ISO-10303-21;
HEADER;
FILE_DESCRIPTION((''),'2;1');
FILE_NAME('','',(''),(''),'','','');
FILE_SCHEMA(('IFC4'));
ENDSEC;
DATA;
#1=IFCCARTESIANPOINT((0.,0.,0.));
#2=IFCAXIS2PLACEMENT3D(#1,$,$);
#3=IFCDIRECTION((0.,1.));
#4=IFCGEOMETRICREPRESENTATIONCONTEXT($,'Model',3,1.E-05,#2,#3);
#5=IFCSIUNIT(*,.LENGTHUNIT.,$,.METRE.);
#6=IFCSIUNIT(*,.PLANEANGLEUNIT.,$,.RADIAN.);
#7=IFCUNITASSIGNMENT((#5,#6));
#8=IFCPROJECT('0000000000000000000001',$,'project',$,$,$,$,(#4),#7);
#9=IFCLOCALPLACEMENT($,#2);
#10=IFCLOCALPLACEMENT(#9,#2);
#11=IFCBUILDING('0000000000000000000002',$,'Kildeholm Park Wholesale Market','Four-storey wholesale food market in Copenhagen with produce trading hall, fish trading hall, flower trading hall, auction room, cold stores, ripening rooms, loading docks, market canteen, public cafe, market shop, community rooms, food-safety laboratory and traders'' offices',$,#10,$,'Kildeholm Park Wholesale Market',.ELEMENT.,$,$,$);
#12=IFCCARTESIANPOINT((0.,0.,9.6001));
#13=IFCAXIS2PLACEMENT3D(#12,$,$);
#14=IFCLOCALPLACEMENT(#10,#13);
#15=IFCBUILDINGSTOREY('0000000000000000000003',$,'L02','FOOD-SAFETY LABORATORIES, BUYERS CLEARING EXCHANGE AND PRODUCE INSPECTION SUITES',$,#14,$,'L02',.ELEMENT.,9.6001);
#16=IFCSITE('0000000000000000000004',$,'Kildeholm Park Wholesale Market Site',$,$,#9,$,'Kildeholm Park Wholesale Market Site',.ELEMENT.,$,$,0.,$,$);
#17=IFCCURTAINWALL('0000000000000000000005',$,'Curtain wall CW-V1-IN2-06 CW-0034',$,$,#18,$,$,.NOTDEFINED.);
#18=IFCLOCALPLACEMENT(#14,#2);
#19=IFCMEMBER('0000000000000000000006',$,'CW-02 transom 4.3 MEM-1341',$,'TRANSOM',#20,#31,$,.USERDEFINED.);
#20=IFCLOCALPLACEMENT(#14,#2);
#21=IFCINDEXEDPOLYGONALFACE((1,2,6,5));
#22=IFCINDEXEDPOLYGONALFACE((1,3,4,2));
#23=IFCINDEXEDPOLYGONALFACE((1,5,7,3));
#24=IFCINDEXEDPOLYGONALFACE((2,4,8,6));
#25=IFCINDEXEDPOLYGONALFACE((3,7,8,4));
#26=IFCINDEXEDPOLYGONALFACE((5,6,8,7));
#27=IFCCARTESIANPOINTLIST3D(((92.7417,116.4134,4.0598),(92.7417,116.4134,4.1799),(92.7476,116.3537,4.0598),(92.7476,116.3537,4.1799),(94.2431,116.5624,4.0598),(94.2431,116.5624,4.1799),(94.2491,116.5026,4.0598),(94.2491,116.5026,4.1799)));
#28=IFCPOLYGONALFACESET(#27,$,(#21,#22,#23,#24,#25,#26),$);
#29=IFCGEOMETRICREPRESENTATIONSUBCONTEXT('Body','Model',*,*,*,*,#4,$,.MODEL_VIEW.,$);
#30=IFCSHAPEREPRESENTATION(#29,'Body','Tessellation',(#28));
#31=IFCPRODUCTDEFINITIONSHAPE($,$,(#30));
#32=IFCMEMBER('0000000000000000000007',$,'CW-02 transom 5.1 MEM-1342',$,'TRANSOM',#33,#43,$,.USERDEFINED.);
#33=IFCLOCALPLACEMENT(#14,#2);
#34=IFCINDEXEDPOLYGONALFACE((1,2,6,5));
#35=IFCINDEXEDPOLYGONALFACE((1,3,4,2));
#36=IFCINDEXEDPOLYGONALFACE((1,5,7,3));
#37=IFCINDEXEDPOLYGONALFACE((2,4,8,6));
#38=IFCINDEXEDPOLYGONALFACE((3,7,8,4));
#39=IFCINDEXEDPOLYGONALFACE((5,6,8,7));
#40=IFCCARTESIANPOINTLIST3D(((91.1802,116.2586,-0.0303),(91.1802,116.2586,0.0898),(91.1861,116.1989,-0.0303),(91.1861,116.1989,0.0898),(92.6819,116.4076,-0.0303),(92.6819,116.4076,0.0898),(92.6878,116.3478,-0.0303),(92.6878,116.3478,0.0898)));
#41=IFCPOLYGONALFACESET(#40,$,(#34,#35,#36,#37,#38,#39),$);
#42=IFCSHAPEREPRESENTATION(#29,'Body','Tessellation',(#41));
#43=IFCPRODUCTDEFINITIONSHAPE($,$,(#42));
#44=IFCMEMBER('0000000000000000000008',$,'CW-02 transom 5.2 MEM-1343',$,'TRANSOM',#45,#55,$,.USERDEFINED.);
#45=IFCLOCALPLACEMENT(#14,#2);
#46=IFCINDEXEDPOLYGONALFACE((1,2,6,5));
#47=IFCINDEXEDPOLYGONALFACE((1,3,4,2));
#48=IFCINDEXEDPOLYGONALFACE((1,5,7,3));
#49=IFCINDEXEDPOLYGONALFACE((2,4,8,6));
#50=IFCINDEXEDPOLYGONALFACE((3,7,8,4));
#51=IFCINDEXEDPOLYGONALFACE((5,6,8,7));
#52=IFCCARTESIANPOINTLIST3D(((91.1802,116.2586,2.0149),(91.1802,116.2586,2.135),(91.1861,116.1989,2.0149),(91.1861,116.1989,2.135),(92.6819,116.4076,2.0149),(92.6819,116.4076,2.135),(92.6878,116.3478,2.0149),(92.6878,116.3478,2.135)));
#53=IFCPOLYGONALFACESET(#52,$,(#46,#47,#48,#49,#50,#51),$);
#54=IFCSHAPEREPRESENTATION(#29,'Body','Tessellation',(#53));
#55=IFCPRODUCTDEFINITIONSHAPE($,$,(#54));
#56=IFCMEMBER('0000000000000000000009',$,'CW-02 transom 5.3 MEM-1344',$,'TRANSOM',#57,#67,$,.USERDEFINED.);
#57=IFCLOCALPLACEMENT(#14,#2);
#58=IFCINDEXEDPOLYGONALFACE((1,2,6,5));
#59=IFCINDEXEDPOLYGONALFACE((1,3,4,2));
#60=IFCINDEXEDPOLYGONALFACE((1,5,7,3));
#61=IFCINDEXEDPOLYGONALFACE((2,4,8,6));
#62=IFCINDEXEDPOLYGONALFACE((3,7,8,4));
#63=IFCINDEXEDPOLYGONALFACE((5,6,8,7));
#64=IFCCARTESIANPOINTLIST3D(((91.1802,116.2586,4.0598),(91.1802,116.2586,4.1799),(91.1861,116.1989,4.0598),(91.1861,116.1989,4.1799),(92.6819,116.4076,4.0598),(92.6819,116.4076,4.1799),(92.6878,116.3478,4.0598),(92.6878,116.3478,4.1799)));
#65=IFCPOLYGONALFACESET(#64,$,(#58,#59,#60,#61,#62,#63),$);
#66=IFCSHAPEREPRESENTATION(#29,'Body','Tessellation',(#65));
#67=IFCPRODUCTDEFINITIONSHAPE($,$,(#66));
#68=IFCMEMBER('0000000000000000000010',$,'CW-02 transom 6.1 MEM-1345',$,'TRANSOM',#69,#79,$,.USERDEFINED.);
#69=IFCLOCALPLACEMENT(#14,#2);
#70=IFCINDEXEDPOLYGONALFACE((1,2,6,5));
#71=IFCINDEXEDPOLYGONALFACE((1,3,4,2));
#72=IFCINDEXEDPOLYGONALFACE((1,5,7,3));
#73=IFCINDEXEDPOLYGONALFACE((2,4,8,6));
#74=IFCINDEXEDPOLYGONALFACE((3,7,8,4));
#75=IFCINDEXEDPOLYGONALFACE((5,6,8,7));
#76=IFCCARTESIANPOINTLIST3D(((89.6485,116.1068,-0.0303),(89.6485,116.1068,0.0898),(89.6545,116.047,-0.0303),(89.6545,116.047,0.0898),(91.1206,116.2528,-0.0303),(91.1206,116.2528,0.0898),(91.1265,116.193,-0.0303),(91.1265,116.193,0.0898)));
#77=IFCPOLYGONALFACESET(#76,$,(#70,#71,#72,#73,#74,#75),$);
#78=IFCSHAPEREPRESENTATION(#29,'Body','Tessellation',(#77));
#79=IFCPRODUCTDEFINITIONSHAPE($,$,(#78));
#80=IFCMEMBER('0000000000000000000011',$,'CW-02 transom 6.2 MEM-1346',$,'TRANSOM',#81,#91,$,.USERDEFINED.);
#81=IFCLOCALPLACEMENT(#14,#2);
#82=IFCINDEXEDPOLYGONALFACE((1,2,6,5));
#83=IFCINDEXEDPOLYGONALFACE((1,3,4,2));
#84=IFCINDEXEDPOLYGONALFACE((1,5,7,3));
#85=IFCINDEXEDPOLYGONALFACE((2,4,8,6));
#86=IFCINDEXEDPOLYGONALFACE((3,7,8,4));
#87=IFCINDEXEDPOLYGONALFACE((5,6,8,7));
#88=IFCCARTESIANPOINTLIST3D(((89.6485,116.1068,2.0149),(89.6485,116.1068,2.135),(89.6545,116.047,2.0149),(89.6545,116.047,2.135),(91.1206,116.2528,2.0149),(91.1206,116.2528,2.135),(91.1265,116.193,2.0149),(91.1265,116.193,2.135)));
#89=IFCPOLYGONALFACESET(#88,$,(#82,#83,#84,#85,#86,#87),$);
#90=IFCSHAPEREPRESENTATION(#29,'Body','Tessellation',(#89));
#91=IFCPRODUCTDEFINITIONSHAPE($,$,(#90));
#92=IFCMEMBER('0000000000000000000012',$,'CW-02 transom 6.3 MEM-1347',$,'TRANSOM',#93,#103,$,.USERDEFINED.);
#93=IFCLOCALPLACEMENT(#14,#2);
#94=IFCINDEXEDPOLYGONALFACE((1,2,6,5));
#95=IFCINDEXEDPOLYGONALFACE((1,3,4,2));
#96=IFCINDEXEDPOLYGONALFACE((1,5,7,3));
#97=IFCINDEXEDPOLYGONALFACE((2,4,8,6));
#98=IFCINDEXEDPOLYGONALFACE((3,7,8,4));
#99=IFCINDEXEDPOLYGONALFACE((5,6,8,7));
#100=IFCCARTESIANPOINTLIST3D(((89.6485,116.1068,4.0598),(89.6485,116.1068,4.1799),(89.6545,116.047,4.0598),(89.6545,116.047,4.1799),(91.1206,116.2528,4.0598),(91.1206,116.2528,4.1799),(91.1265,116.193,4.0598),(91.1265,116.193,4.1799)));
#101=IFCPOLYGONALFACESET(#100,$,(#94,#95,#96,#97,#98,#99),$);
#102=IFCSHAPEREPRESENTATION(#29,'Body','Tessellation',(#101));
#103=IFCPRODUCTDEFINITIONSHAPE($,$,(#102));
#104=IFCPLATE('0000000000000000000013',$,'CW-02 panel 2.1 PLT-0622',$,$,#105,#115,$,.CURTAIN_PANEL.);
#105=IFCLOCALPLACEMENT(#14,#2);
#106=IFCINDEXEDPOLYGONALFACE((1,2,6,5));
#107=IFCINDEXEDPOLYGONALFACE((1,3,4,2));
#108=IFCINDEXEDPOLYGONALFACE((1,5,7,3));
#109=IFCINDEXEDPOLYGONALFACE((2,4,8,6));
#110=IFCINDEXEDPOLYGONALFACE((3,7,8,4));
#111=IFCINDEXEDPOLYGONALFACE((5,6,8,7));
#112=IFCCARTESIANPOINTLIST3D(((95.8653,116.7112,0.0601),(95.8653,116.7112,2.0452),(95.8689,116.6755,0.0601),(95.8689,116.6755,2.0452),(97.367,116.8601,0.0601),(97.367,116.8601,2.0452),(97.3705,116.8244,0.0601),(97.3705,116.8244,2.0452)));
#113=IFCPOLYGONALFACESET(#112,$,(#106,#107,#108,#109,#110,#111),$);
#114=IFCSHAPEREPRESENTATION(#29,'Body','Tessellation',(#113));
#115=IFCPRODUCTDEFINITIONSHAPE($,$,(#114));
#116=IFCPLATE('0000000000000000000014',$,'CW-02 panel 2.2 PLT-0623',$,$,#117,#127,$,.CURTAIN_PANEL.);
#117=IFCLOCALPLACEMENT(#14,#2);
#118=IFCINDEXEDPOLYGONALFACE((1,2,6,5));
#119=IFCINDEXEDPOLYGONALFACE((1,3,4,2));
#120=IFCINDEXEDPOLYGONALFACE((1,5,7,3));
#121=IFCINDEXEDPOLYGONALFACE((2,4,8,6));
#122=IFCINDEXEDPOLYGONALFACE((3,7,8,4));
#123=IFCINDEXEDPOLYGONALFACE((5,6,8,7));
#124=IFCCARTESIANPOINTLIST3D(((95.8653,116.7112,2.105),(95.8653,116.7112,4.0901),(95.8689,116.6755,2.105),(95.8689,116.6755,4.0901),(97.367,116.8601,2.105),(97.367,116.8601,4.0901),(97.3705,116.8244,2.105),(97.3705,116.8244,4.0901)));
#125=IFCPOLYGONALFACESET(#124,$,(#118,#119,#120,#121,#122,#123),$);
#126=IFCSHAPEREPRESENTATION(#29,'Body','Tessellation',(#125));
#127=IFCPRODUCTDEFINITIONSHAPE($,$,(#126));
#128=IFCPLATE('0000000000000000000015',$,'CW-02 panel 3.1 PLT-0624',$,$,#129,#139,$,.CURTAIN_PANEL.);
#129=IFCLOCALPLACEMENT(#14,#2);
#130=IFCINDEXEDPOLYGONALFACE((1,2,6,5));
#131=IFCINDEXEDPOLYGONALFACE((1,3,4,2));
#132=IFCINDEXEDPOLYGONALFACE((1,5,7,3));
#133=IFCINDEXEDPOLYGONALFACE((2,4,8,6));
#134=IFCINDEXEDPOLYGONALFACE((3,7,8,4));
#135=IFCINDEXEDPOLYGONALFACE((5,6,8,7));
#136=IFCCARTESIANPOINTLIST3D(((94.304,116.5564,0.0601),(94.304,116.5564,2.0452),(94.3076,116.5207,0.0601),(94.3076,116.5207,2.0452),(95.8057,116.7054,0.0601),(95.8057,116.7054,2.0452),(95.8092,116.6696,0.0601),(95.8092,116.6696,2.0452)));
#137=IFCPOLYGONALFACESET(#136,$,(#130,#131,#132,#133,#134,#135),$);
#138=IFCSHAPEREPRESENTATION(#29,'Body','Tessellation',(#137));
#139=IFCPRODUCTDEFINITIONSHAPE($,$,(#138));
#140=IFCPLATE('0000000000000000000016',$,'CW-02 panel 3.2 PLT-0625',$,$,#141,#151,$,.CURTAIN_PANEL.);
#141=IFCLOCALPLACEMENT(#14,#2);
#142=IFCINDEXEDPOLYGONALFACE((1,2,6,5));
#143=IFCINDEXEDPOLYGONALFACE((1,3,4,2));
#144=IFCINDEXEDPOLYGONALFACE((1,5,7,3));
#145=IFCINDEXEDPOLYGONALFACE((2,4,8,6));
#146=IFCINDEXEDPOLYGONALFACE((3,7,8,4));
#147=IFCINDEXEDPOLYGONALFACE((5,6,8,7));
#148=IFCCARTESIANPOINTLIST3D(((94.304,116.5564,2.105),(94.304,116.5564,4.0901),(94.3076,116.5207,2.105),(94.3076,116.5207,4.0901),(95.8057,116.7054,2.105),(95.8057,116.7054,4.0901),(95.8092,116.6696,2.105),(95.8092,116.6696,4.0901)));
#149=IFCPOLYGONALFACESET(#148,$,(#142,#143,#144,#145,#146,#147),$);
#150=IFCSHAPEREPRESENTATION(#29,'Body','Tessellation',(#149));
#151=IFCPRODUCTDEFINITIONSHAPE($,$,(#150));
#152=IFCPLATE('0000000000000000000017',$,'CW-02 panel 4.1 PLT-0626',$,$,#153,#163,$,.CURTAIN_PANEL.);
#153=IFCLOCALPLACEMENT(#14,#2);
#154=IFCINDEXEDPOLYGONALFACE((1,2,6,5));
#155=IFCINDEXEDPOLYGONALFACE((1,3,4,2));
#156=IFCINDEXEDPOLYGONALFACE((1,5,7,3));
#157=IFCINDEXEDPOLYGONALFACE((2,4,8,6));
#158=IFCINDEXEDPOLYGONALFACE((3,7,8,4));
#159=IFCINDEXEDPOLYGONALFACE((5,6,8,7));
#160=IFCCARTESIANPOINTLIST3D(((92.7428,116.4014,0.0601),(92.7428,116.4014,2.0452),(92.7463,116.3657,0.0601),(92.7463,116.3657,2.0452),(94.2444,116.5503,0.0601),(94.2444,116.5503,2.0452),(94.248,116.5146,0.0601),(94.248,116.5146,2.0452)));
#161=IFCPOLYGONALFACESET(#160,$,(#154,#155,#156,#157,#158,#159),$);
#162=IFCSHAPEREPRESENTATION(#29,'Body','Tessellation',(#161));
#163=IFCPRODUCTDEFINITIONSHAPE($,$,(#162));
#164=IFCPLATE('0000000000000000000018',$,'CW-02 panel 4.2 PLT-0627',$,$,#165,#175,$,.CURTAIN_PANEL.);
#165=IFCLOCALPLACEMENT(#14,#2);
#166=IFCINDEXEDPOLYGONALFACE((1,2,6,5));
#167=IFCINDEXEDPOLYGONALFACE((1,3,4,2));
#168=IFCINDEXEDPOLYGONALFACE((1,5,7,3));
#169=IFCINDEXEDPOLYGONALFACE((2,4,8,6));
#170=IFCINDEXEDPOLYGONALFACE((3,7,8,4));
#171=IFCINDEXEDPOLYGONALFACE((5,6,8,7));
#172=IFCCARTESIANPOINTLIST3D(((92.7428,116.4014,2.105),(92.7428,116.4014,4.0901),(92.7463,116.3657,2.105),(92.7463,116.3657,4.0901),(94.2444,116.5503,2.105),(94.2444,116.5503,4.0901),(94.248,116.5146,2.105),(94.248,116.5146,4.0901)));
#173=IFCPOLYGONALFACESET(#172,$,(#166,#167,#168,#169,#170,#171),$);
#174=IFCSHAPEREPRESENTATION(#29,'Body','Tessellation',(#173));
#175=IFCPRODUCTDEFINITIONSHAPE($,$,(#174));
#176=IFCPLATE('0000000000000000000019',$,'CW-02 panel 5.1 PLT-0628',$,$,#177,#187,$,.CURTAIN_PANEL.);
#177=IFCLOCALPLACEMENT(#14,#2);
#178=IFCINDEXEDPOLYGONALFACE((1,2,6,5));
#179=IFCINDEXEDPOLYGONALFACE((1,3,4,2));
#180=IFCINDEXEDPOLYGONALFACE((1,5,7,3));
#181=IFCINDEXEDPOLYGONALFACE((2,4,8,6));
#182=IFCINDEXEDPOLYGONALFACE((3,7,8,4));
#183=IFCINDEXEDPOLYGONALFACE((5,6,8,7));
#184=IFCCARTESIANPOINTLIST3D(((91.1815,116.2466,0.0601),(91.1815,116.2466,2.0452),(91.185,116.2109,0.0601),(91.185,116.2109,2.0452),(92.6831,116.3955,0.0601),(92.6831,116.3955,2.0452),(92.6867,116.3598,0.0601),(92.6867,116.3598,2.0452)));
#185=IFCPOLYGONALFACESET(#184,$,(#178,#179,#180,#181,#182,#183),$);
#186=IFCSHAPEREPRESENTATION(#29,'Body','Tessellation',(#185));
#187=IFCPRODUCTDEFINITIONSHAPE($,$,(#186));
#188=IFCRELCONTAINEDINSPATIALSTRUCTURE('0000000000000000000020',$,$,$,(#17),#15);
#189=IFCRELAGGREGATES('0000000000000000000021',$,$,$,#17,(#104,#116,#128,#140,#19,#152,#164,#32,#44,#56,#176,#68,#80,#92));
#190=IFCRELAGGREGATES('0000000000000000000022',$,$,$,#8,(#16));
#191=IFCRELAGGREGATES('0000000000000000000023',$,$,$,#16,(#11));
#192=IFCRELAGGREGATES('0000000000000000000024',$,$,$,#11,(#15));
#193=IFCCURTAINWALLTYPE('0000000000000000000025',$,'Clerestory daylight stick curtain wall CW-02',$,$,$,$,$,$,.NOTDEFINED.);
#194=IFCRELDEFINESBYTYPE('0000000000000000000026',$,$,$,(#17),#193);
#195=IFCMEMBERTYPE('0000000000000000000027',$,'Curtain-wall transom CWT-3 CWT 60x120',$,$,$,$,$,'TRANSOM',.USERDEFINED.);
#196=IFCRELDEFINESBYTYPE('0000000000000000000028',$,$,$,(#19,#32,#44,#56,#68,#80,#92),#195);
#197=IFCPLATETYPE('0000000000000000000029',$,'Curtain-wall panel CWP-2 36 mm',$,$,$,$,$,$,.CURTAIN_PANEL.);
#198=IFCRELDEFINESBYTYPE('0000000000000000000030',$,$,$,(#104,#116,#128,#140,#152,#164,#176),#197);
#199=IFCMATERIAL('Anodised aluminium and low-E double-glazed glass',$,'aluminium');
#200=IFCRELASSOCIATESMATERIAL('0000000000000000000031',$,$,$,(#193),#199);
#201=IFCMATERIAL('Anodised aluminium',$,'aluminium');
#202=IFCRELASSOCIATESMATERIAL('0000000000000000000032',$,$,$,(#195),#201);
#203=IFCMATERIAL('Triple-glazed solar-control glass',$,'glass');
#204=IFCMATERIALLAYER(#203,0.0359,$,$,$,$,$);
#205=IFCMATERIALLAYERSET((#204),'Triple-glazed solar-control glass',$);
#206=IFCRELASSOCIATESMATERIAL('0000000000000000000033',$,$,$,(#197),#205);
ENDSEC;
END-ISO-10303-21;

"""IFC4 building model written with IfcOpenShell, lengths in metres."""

from ifc_helpers import new_model, si_unit, direction, frame, origin, origin_2d, place, context, subcontext, project, spatial, rectangle, extrude, material, layer, layer_set, material_profile, profile_set, type_object, element, aggregate, save


model = new_model("IFC4")

# Units and contexts
model_context = context("Model", 3, precision=1e-05, world=origin(), true_north=direction((0.0, 1.0)))
body_context = subcontext(model_context, "Body", "Model", "MODEL_VIEW")
ifc_project = project(units=[si_unit("LENGTHUNIT", "METRE"), si_unit("PLANEANGLEUNIT", "RADIAN")], contexts=[model_context])

# Site, building, storey
site_placement = place(None, origin())
site = spatial("IfcSite", under=ifc_project, at=site_placement, Name="Kildeholm Park Wholesale Market Site", LongName="Kildeholm Park Wholesale Market Site", CompositionType="ELEMENT", RefElevation=0.0)
building_placement = place(site_placement, origin())
building = spatial("IfcBuilding", under=site, at=building_placement, Name="Kildeholm Park Wholesale Market", Description="Four-storey wholesale food market in Copenhagen with produce trading hall, fish trading hall, flower trading hall, auction room, cold stores, ripening rooms, loading docks, market canteen, public cafe, market shop, community rooms, food-safety laboratory and traders' offices", LongName="Kildeholm Park Wholesale Market", CompositionType="ELEMENT")
storey_placement = place(building_placement, frame((0.0, 0.0, 9.6001)))
storey = spatial("IfcBuildingStorey", under=building, at=storey_placement, Name="L02", Description="FOOD-SAFETY LABORATORIES, BUYERS CLEARING EXCHANGE AND PRODUCE INSPECTION SUITES", LongName="L02", CompositionType="ELEMENT", Elevation=9.6001)

# Curtain wall, members, plates
ifc_material_1 = material(Name="Anodised aluminium and low-E double-glazed glass", Category="aluminium")
curtain_wall_type = type_object("IfcCurtainWallType", Name="Clerestory daylight stick curtain wall CW-02", PredefinedType="NOTDEFINED", material=ifc_material_1)
curtain_wall_placement = place(storey_placement, origin())
curtain_wall = element("IfcCurtainWall", 1, at=curtain_wall_placement, inside=storey, type_object=curtain_wall_type, Name="Curtain wall CW-V1-IN2-06 CW-0034", PredefinedType="NOTDEFINED")
ifc_material_2 = material(Name="Anodised aluminium", Category="aluminium")
ifc_material_profile_1 = material_profile(ifc_material_2, rectangle(XDim=0.0601, YDim=0.1201, at=origin_2d()), Name="CWT 60x120")
ifc_profile_set_1 = profile_set([ifc_material_profile_1], Name="Anodised aluminium")
member_type_1 = type_object("IfcMemberType", Name="Curtain-wall transom CWT-3 CWT 60x120", ElementType="TRANSOM", PredefinedType="USERDEFINED", material=ifc_profile_set_1)
member_1_placement = place(storey_placement, frame((94.2461, 116.5325, 4.1199), z_axis=(-0.995117, -0.098703, 0.0), x_axis=(0.098703, -0.995117, 0.0)))
member_1 = element("IfcMember", 2, at=member_1_placement, type_object=member_type_1, Name="CW-02 transom 4.3 MEM-1341", ObjectType="TRANSOM", PredefinedType="USERDEFINED", context=body_context, shape_type="SweptSolid", body=[
    extrude(rectangle(XDim=0.0601, YDim=0.1201, at=origin_2d()), origin(), (0.0, 0.0, 1.0), 1.5088),
])
member_2_placement = place(storey_placement, frame((92.6848, 116.3777, 0.0298), z_axis=(-0.995119, -0.098687, 0.0), x_axis=(0.098687, -0.995119, 0.0)))
member_2 = element("IfcMember", 3, at=member_2_placement, type_object=member_type_1, Name="CW-02 transom 5.1 MEM-1342", ObjectType="TRANSOM", PredefinedType="USERDEFINED", context=body_context, shape_type="SweptSolid", body=[
    extrude(rectangle(XDim=0.0601, YDim=0.1201, at=origin_2d()), origin(), (0.0, 0.0, 1.0), 1.509),
])
member_3_placement = place(storey_placement, frame((92.6848, 116.3777, 2.075), z_axis=(-0.995119, -0.098687, 0.0), x_axis=(0.098687, -0.995119, 0.0)))
member_3 = element("IfcMember", 4, at=member_3_placement, type_object=member_type_1, Name="CW-02 transom 5.2 MEM-1343", ObjectType="TRANSOM", PredefinedType="USERDEFINED", context=body_context, shape_type="SweptSolid", body=[
    extrude(rectangle(XDim=0.0601, YDim=0.1201, at=origin_2d()), origin(), (0.0, 0.0, 1.0), 1.509),
])
member_4_placement = place(storey_placement, frame((92.6848, 116.3777, 4.1199), z_axis=(-0.995119, -0.098687, 0.0), x_axis=(0.098687, -0.995119, 0.0)))
member_4 = element("IfcMember", 5, at=member_4_placement, type_object=member_type_1, Name="CW-02 transom 5.3 MEM-1344", ObjectType="TRANSOM", PredefinedType="USERDEFINED", context=body_context, shape_type="SweptSolid", body=[
    extrude(rectangle(XDim=0.0601, YDim=0.1201, at=origin_2d()), origin(), (0.0, 0.0, 1.0), 1.509),
])
member_5_placement = place(storey_placement, frame((91.1235, 116.2229, 0.0298), z_axis=(-0.995117, -0.098703, 0.0), x_axis=(0.098703, -0.995117, 0.0)))
member_5 = element("IfcMember", 6, at=member_5_placement, type_object=member_type_1, Name="CW-02 transom 6.1 MEM-1345", ObjectType="TRANSOM", PredefinedType="USERDEFINED", context=body_context, shape_type="SweptSolid", body=[
    extrude(rectangle(XDim=0.0601, YDim=0.1201, at=origin_2d()), origin(), (0.0, 0.0, 1.0), 1.4792),
])
member_6_placement = place(storey_placement, frame((91.1235, 116.2229, 2.075), z_axis=(-0.995117, -0.098703, 0.0), x_axis=(0.098703, -0.995117, 0.0)))
member_6 = element("IfcMember", 7, at=member_6_placement, type_object=member_type_1, Name="CW-02 transom 6.2 MEM-1346", ObjectType="TRANSOM", PredefinedType="USERDEFINED", context=body_context, shape_type="SweptSolid", body=[
    extrude(rectangle(XDim=0.0601, YDim=0.1201, at=origin_2d()), origin(), (0.0, 0.0, 1.0), 1.4792),
])
member_7_placement = place(storey_placement, frame((91.1235, 116.2229, 4.1199), z_axis=(-0.995117, -0.098703, 0.0), x_axis=(0.098703, -0.995117, 0.0)))
member_7 = element("IfcMember", 8, at=member_7_placement, type_object=member_type_1, Name="CW-02 transom 6.3 MEM-1347", ObjectType="TRANSOM", PredefinedType="USERDEFINED", context=body_context, shape_type="SweptSolid", body=[
    extrude(rectangle(XDim=0.0601, YDim=0.1201, at=origin_2d()), origin(), (0.0, 0.0, 1.0), 1.4792),
])
ifc_material_3 = material(Name="Triple-glazed solar-control glass", Category="glass")
ifc_layer_1 = layer(ifc_material_3, 0.0359)
ifc_layer_set_1 = layer_set([ifc_layer_1], Name="Triple-glazed solar-control glass")
plate_type = type_object("IfcPlateType", Name="Curtain-wall panel CWP-2 36 mm", PredefinedType="CURTAIN_PANEL", material=ifc_layer_set_1)
plate_1_placement = place(storey_placement, frame((96.6179, 116.7678, 0.0601), z_axis=(0.0, 0.0, 1.0), x_axis=(-0.995119, -0.098683, 0.0)))
plate_1 = element("IfcPlate", 9, at=plate_1_placement, type_object=plate_type, Name="CW-02 panel 2.1 PLT-0622", PredefinedType="CURTAIN_PANEL", context=body_context, shape_type="SweptSolid", body=[
    extrude(rectangle(XDim=1.509, YDim=0.0359, at=origin_2d()), origin(), (0.0, 0.0, 1.0), 1.9851),
])
plate_2_placement = place(storey_placement, frame((96.6179, 116.7678, 2.105), z_axis=(0.0, 0.0, 1.0), x_axis=(-0.995119, -0.098683, 0.0)))
plate_2 = element("IfcPlate", 10, at=plate_2_placement, type_object=plate_type, Name="CW-02 panel 2.2 PLT-0623", PredefinedType="CURTAIN_PANEL", context=body_context, shape_type="SweptSolid", body=[
    extrude(rectangle(XDim=1.509, YDim=0.0359, at=origin_2d()), origin(), (0.0, 0.0, 1.0), 1.9851),
])
plate_3_placement = place(storey_placement, frame((95.0566, 116.613, 0.0601), z_axis=(0.0, 0.0, 1.0), x_axis=(-0.995119, -0.098683, 0.0)))
plate_3 = element("IfcPlate", 11, at=plate_3_placement, type_object=plate_type, Name="CW-02 panel 3.1 PLT-0624", PredefinedType="CURTAIN_PANEL", context=body_context, shape_type="SweptSolid", body=[
    extrude(rectangle(XDim=1.509, YDim=0.0359, at=origin_2d()), origin(), (0.0, 0.0, 1.0), 1.9851),
])
plate_4_placement = place(storey_placement, frame((95.0566, 116.613, 2.105), z_axis=(0.0, 0.0, 1.0), x_axis=(-0.995119, -0.098683, 0.0)))
plate_4 = element("IfcPlate", 12, at=plate_4_placement, type_object=plate_type, Name="CW-02 panel 3.2 PLT-0625", PredefinedType="CURTAIN_PANEL", context=body_context, shape_type="SweptSolid", body=[
    extrude(rectangle(XDim=1.509, YDim=0.0359, at=origin_2d()), origin(), (0.0, 0.0, 1.0), 1.9851),
])
plate_5_placement = place(storey_placement, frame((93.4954, 116.458, 0.0601), z_axis=(0.0, 0.0, 1.0), x_axis=(-0.995119, -0.098683, 0.0)))
plate_5 = element("IfcPlate", 13, at=plate_5_placement, type_object=plate_type, Name="CW-02 panel 4.1 PLT-0626", PredefinedType="CURTAIN_PANEL", context=body_context, shape_type="SweptSolid", body=[
    extrude(rectangle(XDim=1.509, YDim=0.0359, at=origin_2d()), origin(), (0.0, 0.0, 1.0), 1.9851),
])
plate_6_placement = place(storey_placement, frame((93.4954, 116.458, 2.105), z_axis=(0.0, 0.0, 1.0), x_axis=(-0.995119, -0.098683, 0.0)))
plate_6 = element("IfcPlate", 14, at=plate_6_placement, type_object=plate_type, Name="CW-02 panel 4.2 PLT-0627", PredefinedType="CURTAIN_PANEL", context=body_context, shape_type="SweptSolid", body=[
    extrude(rectangle(XDim=1.509, YDim=0.0359, at=origin_2d()), origin(), (0.0, 0.0, 1.0), 1.9851),
])
plate_7_placement = place(storey_placement, frame((91.9341, 116.3032, 0.0601), z_axis=(0.0, 0.0, 1.0), x_axis=(-0.995119, -0.098683, 0.0)))
plate_7 = element("IfcPlate", 15, at=plate_7_placement, type_object=plate_type, Name="CW-02 panel 5.1 PLT-0628", PredefinedType="CURTAIN_PANEL", context=body_context, shape_type="SweptSolid", body=[
    extrude(rectangle(XDim=1.509, YDim=0.0359, at=origin_2d()), origin(), (0.0, 0.0, 1.0), 1.9851),
])
aggregate(curtain_wall, [plate_1, plate_2, plate_3, plate_4, member_1, plate_5, plate_6, member_2, member_3, member_4, plate_7, member_5, member_6, member_7])

save(model, "model.ifc")
